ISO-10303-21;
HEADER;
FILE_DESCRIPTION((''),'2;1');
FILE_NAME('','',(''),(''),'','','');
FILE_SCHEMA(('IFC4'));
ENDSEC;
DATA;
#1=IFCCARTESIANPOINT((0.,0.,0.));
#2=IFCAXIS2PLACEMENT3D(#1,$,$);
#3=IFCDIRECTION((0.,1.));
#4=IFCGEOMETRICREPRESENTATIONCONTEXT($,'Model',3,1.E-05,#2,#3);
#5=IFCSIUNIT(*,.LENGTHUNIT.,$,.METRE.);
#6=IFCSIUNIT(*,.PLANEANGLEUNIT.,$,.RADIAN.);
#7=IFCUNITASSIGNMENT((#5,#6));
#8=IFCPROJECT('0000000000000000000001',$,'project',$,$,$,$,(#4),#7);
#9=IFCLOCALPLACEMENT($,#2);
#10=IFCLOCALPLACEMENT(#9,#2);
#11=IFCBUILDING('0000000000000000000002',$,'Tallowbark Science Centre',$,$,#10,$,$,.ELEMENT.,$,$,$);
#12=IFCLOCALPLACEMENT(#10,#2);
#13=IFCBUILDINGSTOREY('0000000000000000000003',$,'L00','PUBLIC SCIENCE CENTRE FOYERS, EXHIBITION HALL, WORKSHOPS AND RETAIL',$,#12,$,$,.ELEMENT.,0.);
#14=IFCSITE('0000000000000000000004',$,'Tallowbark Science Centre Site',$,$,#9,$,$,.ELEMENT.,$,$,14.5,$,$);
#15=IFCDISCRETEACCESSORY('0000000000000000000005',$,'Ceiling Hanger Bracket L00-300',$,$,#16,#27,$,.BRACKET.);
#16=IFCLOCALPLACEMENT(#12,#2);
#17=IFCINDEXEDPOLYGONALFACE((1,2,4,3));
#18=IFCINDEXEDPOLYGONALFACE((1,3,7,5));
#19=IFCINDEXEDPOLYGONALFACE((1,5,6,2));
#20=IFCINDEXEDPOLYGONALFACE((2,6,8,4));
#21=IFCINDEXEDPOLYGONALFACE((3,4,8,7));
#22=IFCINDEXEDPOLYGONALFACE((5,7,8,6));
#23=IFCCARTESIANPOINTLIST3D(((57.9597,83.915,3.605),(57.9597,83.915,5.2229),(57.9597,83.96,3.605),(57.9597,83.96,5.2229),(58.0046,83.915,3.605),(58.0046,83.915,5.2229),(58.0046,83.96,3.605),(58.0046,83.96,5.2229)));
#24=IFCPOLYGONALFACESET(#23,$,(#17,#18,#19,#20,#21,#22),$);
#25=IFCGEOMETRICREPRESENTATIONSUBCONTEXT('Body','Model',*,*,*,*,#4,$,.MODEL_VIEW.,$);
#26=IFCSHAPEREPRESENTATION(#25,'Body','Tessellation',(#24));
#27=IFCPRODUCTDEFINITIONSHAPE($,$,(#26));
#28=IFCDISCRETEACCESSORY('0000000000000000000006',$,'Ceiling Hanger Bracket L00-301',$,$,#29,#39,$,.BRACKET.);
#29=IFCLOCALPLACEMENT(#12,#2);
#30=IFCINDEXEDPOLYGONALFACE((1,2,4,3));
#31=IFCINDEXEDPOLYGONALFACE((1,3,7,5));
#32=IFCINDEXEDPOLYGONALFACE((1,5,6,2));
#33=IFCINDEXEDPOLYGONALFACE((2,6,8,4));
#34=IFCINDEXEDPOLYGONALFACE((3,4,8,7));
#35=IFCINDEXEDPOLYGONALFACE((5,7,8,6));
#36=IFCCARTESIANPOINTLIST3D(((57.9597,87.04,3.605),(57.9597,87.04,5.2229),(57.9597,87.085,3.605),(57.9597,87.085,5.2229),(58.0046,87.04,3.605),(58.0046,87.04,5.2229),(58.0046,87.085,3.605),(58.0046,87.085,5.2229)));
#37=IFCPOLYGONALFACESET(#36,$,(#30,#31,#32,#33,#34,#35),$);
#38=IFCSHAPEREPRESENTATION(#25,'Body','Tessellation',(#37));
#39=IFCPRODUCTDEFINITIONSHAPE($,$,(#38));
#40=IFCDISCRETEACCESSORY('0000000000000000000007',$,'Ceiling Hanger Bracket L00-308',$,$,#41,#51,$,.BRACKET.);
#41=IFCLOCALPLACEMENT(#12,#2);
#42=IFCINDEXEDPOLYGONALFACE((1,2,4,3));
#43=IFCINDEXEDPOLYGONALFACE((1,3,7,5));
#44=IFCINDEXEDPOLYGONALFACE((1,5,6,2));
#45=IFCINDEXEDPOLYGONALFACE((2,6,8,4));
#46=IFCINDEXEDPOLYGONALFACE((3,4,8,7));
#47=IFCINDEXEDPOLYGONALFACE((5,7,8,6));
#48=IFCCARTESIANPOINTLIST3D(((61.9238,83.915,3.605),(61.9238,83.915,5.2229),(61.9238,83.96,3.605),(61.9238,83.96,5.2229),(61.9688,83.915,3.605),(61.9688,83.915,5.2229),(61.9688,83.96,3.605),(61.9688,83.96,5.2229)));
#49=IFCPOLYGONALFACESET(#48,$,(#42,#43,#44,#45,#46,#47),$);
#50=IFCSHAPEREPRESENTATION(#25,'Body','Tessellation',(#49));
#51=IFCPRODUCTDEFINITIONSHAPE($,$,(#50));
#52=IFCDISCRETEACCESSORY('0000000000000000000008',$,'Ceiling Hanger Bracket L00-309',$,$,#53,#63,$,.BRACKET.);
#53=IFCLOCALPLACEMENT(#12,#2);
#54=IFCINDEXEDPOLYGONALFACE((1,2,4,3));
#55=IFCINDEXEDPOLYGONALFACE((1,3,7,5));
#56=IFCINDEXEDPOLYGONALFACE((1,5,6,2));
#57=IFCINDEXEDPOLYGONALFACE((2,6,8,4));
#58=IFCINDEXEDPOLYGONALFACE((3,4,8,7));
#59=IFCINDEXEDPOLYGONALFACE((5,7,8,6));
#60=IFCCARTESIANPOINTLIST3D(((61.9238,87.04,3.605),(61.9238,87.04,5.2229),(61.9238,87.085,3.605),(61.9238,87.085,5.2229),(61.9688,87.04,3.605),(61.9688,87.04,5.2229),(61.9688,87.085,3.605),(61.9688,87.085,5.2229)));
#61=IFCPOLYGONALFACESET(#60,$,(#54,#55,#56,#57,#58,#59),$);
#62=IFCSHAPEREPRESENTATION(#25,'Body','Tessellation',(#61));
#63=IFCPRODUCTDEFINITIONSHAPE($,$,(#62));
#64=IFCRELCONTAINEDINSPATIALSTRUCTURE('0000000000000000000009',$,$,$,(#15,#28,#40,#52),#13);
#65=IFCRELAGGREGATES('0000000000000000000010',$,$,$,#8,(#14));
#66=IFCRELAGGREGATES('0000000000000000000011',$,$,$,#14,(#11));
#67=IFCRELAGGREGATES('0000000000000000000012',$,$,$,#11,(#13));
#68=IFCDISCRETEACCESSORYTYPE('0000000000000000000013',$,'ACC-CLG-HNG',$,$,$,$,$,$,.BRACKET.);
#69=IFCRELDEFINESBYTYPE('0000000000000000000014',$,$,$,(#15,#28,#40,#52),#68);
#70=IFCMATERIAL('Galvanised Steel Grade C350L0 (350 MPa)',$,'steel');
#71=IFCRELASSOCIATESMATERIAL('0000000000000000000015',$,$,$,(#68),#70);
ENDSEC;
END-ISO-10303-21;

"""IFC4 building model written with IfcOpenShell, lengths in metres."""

from ifc_helpers import new_model, si_unit, direction, frame, origin, origin_2d, place, context, subcontext, project, spatial, rectangle, extrude, material, type_object, element, save


model = new_model("IFC4")

# Units and contexts
model_context = context("Model", 3, precision=1e-05, world=origin(), true_north=direction((0.0, 1.0)))
body_context = subcontext(model_context, "Body", "Model", "MODEL_VIEW")
ifc_project = project(units=[si_unit("LENGTHUNIT", "METRE"), si_unit("PLANEANGLEUNIT", "RADIAN")], contexts=[model_context])

# Site, building, storey
site_placement = place(None, origin())
site = spatial("IfcSite", under=ifc_project, at=site_placement, Name="Tallowbark Science Centre Site", CompositionType="ELEMENT", RefElevation=14.5)
building_placement = place(site_placement, origin())
building = spatial("IfcBuilding", under=site, at=building_placement, Name="Tallowbark Science Centre", CompositionType="ELEMENT")
storey_placement = place(building_placement, origin())
storey = spatial("IfcBuildingStorey", under=building, at=storey_placement, Name="L00", Description="PUBLIC SCIENCE CENTRE FOYERS, EXHIBITION HALL, WORKSHOPS AND RETAIL", CompositionType="ELEMENT", Elevation=0.0)

# Discrete accessories
ifc_material_1 = material(Name="Galvanised Steel Grade C350L0 (350 MPa)", Category="steel")
discrete_accessory_type = type_object("IfcDiscreteAccessoryType", Name="ACC-CLG-HNG", PredefinedType="BRACKET", material=ifc_material_1)
for number, where, z_axis, x_axis, name in (
    (1, (57.9822, 83.9375, 3.605), (0.0, 0.0, 1.0), (1.0, 0.0, 0.0), "Ceiling Hanger Bracket L00-300"),
    (2, (57.9822, 87.0625, 3.605), (0.0, 0.0, 1.0), (1.0, 0.0, 0.0), "Ceiling Hanger Bracket L00-301"),
    (3, (61.9463, 83.9375, 3.605), (0.0, 0.0, 1.0), (1.0, 0.0, 0.0), "Ceiling Hanger Bracket L00-308"),
    (4, (61.9463, 87.0625, 3.605), (0.0, 0.0, 1.0), (1.0, 0.0, 0.0), "Ceiling Hanger Bracket L00-309"),
):
    element("IfcDiscreteAccessory", number, at=place(storey_placement, frame(where, z_axis=z_axis, x_axis=x_axis)), inside=storey, type_object=discrete_accessory_type, Name=name, PredefinedType="BRACKET", context=body_context, shape_type="SweptSolid", body=[
        extrude(rectangle(XDim=0.0449, YDim=0.0449, at=origin_2d()), origin(), (0.0, 0.0, 1.0), 1.6179),
    ])

save(model, "model.ifc")
